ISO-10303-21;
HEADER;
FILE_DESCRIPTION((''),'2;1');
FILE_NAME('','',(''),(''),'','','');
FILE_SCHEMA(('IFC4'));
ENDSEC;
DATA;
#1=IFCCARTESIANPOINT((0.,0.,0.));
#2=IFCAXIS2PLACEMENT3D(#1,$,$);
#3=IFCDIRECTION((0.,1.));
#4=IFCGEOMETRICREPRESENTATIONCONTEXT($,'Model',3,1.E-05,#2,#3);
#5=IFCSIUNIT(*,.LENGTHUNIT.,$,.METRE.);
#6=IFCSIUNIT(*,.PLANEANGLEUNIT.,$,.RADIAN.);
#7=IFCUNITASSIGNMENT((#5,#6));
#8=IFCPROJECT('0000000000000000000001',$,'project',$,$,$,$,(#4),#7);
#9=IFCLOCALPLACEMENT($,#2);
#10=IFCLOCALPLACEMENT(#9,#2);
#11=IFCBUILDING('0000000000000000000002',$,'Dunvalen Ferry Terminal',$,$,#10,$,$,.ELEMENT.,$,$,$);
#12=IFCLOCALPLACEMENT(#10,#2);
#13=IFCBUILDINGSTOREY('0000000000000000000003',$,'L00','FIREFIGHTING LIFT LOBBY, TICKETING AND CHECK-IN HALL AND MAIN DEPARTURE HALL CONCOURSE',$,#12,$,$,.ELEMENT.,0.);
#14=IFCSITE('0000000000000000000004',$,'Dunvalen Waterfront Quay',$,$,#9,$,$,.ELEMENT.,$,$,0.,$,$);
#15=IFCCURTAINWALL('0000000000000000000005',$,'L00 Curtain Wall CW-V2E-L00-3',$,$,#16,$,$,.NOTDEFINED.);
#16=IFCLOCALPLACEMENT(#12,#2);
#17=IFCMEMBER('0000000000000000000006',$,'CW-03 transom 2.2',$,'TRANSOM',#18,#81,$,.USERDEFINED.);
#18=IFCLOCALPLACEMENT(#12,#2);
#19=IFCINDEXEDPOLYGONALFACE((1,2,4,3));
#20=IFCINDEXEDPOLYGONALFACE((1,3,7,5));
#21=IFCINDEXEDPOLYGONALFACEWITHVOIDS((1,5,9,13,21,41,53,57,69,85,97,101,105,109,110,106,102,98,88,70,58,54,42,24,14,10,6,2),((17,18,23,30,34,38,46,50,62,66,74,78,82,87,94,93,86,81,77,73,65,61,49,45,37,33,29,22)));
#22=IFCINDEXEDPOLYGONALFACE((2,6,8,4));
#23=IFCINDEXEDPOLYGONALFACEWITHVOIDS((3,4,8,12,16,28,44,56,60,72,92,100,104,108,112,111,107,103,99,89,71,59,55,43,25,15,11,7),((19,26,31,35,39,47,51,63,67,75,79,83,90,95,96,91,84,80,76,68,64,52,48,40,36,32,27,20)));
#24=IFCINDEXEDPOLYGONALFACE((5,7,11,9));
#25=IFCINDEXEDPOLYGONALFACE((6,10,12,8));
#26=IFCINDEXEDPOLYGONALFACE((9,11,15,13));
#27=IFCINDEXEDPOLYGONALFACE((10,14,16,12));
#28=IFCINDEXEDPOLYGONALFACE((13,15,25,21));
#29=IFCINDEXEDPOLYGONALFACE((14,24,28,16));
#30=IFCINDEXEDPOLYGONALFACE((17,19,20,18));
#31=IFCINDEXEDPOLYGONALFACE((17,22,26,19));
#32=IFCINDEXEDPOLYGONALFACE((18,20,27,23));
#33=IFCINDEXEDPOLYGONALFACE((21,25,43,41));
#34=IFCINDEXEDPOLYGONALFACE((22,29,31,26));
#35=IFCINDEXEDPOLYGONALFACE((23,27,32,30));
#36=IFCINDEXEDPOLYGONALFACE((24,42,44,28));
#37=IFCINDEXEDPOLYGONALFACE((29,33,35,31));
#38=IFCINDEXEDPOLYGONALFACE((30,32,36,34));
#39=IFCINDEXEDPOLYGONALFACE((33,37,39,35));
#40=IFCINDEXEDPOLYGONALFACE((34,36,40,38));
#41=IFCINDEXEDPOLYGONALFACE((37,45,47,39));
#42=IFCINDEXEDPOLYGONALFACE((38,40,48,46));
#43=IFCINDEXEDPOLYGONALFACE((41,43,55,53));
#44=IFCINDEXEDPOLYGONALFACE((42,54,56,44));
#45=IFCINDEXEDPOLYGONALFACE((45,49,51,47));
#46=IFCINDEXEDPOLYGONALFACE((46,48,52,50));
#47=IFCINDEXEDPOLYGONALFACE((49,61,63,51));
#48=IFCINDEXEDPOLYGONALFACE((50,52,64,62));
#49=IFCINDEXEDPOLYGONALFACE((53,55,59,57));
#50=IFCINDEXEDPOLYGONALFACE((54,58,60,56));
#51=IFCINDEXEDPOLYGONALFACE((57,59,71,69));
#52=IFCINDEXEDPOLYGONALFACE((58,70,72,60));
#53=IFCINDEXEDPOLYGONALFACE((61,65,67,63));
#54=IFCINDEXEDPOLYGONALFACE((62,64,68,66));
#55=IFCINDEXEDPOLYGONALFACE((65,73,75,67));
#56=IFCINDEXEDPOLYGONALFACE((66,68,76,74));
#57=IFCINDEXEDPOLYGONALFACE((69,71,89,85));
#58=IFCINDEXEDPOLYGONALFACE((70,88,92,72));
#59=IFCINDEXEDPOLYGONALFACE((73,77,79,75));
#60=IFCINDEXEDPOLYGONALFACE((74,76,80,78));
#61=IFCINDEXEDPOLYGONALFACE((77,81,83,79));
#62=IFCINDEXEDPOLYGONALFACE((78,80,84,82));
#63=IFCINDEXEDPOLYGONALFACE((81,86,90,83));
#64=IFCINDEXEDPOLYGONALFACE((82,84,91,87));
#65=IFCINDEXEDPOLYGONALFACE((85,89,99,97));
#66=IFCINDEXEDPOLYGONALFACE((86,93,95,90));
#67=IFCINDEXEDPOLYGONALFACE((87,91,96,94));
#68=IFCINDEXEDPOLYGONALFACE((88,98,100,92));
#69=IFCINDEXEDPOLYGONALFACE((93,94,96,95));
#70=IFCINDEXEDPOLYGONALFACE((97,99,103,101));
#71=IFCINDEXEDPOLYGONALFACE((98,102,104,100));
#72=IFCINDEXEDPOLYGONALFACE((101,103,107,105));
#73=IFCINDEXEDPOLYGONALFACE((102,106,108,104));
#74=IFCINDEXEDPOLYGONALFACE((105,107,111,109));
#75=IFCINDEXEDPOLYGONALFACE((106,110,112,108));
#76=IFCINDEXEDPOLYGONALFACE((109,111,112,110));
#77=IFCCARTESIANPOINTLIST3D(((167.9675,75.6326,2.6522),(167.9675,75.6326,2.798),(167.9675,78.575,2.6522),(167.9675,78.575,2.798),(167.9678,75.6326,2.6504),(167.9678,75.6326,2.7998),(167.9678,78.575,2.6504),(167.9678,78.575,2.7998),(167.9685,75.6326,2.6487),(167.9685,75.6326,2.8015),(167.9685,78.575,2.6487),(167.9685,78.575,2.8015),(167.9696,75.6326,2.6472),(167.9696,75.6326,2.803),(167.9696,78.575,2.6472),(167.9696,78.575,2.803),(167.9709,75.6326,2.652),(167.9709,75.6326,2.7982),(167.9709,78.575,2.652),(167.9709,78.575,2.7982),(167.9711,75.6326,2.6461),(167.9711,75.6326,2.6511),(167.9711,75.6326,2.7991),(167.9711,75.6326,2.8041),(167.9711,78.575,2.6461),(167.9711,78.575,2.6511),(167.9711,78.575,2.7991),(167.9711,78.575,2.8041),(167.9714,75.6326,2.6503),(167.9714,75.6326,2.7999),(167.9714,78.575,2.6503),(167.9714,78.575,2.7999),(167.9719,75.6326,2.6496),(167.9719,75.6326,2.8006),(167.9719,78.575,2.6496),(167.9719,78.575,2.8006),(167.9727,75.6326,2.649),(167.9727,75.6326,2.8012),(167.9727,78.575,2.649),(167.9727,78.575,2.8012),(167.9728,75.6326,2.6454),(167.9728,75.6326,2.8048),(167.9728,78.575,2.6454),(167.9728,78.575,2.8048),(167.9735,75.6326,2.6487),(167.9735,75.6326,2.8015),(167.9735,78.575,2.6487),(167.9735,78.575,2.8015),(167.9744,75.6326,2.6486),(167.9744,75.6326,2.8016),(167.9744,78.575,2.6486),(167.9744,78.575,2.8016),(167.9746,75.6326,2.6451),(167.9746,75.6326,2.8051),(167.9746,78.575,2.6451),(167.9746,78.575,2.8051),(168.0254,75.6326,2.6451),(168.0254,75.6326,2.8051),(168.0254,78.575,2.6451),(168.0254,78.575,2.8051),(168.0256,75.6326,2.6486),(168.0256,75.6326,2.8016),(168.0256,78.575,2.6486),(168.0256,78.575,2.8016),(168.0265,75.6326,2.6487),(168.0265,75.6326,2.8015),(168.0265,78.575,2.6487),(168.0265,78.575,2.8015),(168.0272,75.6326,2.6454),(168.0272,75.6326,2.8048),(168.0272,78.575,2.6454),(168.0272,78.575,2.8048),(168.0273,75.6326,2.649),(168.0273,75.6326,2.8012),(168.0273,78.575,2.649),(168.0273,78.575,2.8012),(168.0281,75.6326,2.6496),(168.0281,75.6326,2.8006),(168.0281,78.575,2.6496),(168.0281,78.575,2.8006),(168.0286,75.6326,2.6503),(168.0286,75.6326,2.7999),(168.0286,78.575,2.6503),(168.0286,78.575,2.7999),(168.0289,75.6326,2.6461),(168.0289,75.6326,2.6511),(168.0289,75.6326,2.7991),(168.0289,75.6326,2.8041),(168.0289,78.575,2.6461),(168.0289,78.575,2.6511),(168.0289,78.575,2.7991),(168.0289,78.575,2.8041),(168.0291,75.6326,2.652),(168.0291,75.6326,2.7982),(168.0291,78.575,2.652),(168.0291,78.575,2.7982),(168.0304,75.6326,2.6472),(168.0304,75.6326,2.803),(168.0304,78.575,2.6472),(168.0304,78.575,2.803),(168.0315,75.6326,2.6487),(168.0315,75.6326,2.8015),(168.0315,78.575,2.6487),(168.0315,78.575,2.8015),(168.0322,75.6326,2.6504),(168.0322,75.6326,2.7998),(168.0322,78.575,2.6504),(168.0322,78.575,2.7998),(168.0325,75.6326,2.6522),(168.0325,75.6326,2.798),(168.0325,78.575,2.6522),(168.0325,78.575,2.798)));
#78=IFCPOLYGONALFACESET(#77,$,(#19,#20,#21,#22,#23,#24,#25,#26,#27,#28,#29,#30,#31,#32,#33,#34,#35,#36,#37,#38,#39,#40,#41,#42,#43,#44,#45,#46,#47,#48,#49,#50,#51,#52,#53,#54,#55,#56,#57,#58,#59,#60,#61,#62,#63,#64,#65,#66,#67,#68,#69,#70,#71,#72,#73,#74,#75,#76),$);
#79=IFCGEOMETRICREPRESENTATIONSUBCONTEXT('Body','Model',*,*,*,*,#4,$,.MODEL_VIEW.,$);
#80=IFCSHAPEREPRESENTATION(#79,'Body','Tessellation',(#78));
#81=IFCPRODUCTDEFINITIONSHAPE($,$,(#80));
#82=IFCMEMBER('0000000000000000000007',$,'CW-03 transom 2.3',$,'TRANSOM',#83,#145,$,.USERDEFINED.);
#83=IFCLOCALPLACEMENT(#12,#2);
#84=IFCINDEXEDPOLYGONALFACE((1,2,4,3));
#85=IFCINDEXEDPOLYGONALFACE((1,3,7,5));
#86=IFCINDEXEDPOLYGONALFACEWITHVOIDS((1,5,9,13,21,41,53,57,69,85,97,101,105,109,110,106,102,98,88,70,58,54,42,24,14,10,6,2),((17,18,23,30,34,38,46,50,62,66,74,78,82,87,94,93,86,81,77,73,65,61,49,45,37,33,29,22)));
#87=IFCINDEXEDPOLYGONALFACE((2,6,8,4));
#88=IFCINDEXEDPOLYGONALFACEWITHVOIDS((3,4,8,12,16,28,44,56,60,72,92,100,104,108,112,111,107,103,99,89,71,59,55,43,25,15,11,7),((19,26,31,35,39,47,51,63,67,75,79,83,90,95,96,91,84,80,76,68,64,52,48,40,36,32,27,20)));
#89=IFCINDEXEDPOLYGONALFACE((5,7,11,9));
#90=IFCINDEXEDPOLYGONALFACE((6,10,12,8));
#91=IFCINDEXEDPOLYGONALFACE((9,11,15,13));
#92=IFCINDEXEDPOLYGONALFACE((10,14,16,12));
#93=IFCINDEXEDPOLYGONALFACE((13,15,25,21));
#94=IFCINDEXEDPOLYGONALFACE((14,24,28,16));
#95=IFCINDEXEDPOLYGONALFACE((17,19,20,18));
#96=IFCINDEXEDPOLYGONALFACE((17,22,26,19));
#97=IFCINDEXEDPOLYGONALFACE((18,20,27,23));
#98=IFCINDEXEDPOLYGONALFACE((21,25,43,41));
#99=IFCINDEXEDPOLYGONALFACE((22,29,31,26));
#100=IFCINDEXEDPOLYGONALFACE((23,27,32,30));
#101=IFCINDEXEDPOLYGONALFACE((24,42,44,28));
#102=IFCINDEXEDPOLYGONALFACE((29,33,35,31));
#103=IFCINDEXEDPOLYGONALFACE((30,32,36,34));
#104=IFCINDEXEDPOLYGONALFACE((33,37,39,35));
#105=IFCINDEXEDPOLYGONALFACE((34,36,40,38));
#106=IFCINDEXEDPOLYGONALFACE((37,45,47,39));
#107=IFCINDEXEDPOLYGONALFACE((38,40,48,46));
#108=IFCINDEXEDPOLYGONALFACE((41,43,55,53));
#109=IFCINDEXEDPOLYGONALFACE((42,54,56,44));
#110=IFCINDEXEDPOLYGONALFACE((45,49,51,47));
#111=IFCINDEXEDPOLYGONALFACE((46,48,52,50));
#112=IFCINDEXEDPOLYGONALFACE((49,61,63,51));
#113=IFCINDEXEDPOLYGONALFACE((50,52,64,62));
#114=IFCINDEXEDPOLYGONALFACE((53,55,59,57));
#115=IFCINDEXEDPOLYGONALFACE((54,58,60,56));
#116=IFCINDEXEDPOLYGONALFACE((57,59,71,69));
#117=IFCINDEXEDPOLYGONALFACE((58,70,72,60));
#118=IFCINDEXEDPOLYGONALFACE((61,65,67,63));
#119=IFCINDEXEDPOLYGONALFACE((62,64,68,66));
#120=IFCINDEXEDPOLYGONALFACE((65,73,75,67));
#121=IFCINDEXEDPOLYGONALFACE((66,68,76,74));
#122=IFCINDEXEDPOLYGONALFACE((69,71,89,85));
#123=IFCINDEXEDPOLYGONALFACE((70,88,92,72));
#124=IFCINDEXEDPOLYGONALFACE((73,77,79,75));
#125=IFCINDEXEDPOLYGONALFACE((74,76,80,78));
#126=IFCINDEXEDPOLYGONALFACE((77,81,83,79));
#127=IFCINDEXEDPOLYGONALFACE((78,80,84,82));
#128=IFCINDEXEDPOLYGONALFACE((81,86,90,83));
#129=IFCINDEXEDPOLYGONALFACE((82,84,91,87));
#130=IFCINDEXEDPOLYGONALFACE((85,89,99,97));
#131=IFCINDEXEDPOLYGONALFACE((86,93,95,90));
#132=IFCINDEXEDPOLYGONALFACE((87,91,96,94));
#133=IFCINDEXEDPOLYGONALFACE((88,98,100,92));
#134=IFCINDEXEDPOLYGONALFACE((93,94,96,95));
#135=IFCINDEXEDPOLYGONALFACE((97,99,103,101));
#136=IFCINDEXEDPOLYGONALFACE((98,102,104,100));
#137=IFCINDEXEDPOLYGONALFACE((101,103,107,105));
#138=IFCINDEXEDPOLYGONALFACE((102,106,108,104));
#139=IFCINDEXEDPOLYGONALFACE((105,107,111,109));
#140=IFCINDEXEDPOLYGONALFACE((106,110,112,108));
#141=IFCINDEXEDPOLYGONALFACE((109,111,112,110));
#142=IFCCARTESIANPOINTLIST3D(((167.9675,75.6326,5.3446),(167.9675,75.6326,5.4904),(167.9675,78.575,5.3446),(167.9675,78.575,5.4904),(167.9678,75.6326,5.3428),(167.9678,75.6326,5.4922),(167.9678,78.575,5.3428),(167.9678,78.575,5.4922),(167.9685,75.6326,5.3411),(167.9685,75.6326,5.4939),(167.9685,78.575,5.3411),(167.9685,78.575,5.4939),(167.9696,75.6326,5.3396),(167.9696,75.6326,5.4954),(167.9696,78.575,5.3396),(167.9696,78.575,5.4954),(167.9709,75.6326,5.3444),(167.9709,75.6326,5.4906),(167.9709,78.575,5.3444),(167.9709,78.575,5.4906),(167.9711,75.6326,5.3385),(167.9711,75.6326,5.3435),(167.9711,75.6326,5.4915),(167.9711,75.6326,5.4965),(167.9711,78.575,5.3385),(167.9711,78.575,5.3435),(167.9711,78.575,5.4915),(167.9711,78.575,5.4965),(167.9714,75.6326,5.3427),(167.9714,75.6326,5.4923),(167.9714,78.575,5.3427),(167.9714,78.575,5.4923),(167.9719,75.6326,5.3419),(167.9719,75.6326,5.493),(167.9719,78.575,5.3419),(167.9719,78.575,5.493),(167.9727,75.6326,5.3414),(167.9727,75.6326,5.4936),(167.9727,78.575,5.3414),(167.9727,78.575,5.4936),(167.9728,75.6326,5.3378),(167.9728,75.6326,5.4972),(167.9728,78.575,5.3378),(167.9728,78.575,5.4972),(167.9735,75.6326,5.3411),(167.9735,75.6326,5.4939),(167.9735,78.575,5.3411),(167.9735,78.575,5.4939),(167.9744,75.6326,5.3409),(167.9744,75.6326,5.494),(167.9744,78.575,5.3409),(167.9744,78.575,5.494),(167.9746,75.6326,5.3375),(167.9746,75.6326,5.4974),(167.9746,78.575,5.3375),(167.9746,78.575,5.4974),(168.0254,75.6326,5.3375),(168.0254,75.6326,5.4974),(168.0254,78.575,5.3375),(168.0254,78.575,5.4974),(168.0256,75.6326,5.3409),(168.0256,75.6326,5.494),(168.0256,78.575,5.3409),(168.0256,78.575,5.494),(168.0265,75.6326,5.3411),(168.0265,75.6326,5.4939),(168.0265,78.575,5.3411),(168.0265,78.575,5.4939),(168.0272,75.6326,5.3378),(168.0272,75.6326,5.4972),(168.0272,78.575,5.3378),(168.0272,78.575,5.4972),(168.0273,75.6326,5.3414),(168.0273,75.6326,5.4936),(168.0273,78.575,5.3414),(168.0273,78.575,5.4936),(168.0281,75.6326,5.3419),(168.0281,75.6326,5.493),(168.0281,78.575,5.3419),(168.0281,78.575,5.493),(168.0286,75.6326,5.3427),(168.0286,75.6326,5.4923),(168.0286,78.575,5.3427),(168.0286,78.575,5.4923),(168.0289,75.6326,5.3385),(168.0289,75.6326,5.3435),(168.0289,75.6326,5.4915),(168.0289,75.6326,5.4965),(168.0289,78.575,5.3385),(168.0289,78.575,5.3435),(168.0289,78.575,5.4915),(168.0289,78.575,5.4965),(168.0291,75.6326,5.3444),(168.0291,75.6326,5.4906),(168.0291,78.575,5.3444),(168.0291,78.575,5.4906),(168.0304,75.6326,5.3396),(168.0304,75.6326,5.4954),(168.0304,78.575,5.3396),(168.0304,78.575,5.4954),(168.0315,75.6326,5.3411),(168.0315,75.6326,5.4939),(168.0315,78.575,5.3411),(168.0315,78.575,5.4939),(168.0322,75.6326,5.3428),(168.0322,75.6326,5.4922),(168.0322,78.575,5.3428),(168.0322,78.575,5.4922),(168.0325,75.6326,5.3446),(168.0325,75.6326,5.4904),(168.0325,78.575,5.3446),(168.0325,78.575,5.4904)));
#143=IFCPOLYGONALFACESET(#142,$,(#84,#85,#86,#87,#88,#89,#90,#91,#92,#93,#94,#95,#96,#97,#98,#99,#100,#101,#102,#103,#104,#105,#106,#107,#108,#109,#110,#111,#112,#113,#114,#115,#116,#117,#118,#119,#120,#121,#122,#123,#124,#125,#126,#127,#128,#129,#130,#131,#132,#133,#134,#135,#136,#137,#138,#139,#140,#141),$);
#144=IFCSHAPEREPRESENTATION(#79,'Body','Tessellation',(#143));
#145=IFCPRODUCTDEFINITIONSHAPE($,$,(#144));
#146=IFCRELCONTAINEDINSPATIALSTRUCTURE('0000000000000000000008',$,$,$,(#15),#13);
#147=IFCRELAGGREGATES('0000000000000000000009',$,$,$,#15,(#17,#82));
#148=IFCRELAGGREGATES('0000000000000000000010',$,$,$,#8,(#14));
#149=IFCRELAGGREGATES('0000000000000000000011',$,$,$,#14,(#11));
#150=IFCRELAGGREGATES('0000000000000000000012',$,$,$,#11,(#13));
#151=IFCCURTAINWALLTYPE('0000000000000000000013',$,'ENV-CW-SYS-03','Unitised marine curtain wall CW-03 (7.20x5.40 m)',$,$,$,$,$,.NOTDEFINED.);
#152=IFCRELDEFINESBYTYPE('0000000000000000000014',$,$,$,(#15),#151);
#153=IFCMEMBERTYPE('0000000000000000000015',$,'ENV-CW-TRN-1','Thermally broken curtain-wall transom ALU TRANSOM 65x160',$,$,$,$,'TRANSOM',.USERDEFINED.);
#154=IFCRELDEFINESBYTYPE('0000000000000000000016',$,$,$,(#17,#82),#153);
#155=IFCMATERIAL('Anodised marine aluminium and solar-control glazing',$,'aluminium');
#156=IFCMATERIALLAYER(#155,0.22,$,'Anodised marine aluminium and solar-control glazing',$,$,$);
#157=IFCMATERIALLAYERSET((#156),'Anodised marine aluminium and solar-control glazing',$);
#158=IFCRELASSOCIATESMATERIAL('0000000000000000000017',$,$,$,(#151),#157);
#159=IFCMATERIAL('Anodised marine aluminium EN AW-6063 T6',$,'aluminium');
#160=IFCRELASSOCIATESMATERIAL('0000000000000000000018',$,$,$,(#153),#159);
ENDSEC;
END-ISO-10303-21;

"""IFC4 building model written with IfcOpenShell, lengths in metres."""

from ifc_helpers import new_model, si_unit, direction, frame, origin, origin_2d, place, context, subcontext, project, spatial, hollow_rectangle, extrude, material, layer, layer_set, material_profile, profile_set, type_object, element, aggregate, save


model = new_model("IFC4")

# Units and contexts
model_context = context("Model", 3, precision=1e-05, world=origin(), true_north=direction((0.0, 1.0)))
body_context = subcontext(model_context, "Body", "Model", "MODEL_VIEW")
ifc_project = project(units=[si_unit("LENGTHUNIT", "METRE"), si_unit("PLANEANGLEUNIT", "RADIAN")], contexts=[model_context])

# Site, building, storey
site_placement = place(None, origin())
site = spatial("IfcSite", under=ifc_project, at=site_placement, Name="Dunvalen Waterfront Quay", CompositionType="ELEMENT", RefElevation=0.0)
building_placement = place(site_placement, origin())
building = spatial("IfcBuilding", under=site, at=building_placement, Name="Dunvalen Ferry Terminal", CompositionType="ELEMENT")
storey_placement = place(building_placement, origin())
storey = spatial("IfcBuildingStorey", under=building, at=storey_placement, Name="L00", Description="FIREFIGHTING LIFT LOBBY, TICKETING AND CHECK-IN HALL AND MAIN DEPARTURE HALL CONCOURSE", CompositionType="ELEMENT", Elevation=0.0)

# Curtain wall
ifc_material_1 = material(Name="Anodised marine aluminium and solar-control glazing", Category="aluminium")
ifc_layer_1 = layer(ifc_material_1, 0.22, Name="Anodised marine aluminium and solar-control glazing")
ifc_layer_set_1 = layer_set([ifc_layer_1], Name="Anodised marine aluminium and solar-control glazing")
curtain_wall_type = type_object("IfcCurtainWallType", Name="ENV-CW-SYS-03", Description="Unitised marine curtain wall CW-03 (7.20x5.40 m)", PredefinedType="NOTDEFINED", material=ifc_layer_set_1)
curtain_wall_1_placement = place(storey_placement, origin())
curtain_wall_1 = element("IfcCurtainWall", 1, at=curtain_wall_1_placement, inside=storey, type_object=curtain_wall_type, Name="L00 Curtain Wall CW-V2E-L00-3", PredefinedType="NOTDEFINED")
ifc_material_2 = material(Name="Anodised marine aluminium EN AW-6063 T6", Category="aluminium")

# Members
ifc_material_profile_1 = material_profile(ifc_material_2, hollow_rectangle(XDim=0.0649, YDim=0.1599, WallThickness=0.0034, InnerFilletRadius=0.0034, OuterFilletRadius=0.0071, at=origin_2d()), Name="Anodised marine aluminium EN AW-6063 T6")
ifc_profile_set_1 = profile_set([ifc_material_profile_1], Name="Anodised marine aluminium EN AW-6063 T6")
member_type_1 = type_object("IfcMemberType", Name="ENV-CW-TRN-1", Description="Thermally broken curtain-wall transom ALU TRANSOM 65x160", ElementType="TRANSOM", PredefinedType="USERDEFINED", material=ifc_profile_set_1)
member_1_placement = place(storey_placement, frame((168.0, 75.6326, 2.7251), z_axis=(0.0, 1.0, 0.0), x_axis=(-1.0, 0.0, 0.0)))
member_1 = element("IfcMember", 2, at=member_1_placement, type_object=member_type_1, Name="CW-03 transom 2.2", ObjectType="TRANSOM", PredefinedType="USERDEFINED", context=body_context, shape_type="SweptSolid", body=[
    extrude(hollow_rectangle(XDim=0.0649, YDim=0.1599, WallThickness=0.0034, InnerFilletRadius=0.0034, OuterFilletRadius=0.0071, at=origin_2d()), origin(), (0.0, 0.0, 1.0), 2.9424),
])
member_2_placement = place(storey_placement, frame((168.0, 75.6326, 5.4175), z_axis=(0.0, 1.0, 0.0), x_axis=(-1.0, 0.0, 0.0)))
member_2 = element("IfcMember", 3, at=member_2_placement, type_object=member_type_1, Name="CW-03 transom 2.3", ObjectType="TRANSOM", PredefinedType="USERDEFINED", context=body_context, shape_type="SweptSolid", body=[
    extrude(hollow_rectangle(XDim=0.0649, YDim=0.1599, WallThickness=0.0034, InnerFilletRadius=0.0034, OuterFilletRadius=0.0071, at=origin_2d()), origin(), (0.0, 0.0, 1.0), 2.9424),
])

aggregate(curtain_wall_1, [member_1, member_2])

save(model, "model.ifc")
